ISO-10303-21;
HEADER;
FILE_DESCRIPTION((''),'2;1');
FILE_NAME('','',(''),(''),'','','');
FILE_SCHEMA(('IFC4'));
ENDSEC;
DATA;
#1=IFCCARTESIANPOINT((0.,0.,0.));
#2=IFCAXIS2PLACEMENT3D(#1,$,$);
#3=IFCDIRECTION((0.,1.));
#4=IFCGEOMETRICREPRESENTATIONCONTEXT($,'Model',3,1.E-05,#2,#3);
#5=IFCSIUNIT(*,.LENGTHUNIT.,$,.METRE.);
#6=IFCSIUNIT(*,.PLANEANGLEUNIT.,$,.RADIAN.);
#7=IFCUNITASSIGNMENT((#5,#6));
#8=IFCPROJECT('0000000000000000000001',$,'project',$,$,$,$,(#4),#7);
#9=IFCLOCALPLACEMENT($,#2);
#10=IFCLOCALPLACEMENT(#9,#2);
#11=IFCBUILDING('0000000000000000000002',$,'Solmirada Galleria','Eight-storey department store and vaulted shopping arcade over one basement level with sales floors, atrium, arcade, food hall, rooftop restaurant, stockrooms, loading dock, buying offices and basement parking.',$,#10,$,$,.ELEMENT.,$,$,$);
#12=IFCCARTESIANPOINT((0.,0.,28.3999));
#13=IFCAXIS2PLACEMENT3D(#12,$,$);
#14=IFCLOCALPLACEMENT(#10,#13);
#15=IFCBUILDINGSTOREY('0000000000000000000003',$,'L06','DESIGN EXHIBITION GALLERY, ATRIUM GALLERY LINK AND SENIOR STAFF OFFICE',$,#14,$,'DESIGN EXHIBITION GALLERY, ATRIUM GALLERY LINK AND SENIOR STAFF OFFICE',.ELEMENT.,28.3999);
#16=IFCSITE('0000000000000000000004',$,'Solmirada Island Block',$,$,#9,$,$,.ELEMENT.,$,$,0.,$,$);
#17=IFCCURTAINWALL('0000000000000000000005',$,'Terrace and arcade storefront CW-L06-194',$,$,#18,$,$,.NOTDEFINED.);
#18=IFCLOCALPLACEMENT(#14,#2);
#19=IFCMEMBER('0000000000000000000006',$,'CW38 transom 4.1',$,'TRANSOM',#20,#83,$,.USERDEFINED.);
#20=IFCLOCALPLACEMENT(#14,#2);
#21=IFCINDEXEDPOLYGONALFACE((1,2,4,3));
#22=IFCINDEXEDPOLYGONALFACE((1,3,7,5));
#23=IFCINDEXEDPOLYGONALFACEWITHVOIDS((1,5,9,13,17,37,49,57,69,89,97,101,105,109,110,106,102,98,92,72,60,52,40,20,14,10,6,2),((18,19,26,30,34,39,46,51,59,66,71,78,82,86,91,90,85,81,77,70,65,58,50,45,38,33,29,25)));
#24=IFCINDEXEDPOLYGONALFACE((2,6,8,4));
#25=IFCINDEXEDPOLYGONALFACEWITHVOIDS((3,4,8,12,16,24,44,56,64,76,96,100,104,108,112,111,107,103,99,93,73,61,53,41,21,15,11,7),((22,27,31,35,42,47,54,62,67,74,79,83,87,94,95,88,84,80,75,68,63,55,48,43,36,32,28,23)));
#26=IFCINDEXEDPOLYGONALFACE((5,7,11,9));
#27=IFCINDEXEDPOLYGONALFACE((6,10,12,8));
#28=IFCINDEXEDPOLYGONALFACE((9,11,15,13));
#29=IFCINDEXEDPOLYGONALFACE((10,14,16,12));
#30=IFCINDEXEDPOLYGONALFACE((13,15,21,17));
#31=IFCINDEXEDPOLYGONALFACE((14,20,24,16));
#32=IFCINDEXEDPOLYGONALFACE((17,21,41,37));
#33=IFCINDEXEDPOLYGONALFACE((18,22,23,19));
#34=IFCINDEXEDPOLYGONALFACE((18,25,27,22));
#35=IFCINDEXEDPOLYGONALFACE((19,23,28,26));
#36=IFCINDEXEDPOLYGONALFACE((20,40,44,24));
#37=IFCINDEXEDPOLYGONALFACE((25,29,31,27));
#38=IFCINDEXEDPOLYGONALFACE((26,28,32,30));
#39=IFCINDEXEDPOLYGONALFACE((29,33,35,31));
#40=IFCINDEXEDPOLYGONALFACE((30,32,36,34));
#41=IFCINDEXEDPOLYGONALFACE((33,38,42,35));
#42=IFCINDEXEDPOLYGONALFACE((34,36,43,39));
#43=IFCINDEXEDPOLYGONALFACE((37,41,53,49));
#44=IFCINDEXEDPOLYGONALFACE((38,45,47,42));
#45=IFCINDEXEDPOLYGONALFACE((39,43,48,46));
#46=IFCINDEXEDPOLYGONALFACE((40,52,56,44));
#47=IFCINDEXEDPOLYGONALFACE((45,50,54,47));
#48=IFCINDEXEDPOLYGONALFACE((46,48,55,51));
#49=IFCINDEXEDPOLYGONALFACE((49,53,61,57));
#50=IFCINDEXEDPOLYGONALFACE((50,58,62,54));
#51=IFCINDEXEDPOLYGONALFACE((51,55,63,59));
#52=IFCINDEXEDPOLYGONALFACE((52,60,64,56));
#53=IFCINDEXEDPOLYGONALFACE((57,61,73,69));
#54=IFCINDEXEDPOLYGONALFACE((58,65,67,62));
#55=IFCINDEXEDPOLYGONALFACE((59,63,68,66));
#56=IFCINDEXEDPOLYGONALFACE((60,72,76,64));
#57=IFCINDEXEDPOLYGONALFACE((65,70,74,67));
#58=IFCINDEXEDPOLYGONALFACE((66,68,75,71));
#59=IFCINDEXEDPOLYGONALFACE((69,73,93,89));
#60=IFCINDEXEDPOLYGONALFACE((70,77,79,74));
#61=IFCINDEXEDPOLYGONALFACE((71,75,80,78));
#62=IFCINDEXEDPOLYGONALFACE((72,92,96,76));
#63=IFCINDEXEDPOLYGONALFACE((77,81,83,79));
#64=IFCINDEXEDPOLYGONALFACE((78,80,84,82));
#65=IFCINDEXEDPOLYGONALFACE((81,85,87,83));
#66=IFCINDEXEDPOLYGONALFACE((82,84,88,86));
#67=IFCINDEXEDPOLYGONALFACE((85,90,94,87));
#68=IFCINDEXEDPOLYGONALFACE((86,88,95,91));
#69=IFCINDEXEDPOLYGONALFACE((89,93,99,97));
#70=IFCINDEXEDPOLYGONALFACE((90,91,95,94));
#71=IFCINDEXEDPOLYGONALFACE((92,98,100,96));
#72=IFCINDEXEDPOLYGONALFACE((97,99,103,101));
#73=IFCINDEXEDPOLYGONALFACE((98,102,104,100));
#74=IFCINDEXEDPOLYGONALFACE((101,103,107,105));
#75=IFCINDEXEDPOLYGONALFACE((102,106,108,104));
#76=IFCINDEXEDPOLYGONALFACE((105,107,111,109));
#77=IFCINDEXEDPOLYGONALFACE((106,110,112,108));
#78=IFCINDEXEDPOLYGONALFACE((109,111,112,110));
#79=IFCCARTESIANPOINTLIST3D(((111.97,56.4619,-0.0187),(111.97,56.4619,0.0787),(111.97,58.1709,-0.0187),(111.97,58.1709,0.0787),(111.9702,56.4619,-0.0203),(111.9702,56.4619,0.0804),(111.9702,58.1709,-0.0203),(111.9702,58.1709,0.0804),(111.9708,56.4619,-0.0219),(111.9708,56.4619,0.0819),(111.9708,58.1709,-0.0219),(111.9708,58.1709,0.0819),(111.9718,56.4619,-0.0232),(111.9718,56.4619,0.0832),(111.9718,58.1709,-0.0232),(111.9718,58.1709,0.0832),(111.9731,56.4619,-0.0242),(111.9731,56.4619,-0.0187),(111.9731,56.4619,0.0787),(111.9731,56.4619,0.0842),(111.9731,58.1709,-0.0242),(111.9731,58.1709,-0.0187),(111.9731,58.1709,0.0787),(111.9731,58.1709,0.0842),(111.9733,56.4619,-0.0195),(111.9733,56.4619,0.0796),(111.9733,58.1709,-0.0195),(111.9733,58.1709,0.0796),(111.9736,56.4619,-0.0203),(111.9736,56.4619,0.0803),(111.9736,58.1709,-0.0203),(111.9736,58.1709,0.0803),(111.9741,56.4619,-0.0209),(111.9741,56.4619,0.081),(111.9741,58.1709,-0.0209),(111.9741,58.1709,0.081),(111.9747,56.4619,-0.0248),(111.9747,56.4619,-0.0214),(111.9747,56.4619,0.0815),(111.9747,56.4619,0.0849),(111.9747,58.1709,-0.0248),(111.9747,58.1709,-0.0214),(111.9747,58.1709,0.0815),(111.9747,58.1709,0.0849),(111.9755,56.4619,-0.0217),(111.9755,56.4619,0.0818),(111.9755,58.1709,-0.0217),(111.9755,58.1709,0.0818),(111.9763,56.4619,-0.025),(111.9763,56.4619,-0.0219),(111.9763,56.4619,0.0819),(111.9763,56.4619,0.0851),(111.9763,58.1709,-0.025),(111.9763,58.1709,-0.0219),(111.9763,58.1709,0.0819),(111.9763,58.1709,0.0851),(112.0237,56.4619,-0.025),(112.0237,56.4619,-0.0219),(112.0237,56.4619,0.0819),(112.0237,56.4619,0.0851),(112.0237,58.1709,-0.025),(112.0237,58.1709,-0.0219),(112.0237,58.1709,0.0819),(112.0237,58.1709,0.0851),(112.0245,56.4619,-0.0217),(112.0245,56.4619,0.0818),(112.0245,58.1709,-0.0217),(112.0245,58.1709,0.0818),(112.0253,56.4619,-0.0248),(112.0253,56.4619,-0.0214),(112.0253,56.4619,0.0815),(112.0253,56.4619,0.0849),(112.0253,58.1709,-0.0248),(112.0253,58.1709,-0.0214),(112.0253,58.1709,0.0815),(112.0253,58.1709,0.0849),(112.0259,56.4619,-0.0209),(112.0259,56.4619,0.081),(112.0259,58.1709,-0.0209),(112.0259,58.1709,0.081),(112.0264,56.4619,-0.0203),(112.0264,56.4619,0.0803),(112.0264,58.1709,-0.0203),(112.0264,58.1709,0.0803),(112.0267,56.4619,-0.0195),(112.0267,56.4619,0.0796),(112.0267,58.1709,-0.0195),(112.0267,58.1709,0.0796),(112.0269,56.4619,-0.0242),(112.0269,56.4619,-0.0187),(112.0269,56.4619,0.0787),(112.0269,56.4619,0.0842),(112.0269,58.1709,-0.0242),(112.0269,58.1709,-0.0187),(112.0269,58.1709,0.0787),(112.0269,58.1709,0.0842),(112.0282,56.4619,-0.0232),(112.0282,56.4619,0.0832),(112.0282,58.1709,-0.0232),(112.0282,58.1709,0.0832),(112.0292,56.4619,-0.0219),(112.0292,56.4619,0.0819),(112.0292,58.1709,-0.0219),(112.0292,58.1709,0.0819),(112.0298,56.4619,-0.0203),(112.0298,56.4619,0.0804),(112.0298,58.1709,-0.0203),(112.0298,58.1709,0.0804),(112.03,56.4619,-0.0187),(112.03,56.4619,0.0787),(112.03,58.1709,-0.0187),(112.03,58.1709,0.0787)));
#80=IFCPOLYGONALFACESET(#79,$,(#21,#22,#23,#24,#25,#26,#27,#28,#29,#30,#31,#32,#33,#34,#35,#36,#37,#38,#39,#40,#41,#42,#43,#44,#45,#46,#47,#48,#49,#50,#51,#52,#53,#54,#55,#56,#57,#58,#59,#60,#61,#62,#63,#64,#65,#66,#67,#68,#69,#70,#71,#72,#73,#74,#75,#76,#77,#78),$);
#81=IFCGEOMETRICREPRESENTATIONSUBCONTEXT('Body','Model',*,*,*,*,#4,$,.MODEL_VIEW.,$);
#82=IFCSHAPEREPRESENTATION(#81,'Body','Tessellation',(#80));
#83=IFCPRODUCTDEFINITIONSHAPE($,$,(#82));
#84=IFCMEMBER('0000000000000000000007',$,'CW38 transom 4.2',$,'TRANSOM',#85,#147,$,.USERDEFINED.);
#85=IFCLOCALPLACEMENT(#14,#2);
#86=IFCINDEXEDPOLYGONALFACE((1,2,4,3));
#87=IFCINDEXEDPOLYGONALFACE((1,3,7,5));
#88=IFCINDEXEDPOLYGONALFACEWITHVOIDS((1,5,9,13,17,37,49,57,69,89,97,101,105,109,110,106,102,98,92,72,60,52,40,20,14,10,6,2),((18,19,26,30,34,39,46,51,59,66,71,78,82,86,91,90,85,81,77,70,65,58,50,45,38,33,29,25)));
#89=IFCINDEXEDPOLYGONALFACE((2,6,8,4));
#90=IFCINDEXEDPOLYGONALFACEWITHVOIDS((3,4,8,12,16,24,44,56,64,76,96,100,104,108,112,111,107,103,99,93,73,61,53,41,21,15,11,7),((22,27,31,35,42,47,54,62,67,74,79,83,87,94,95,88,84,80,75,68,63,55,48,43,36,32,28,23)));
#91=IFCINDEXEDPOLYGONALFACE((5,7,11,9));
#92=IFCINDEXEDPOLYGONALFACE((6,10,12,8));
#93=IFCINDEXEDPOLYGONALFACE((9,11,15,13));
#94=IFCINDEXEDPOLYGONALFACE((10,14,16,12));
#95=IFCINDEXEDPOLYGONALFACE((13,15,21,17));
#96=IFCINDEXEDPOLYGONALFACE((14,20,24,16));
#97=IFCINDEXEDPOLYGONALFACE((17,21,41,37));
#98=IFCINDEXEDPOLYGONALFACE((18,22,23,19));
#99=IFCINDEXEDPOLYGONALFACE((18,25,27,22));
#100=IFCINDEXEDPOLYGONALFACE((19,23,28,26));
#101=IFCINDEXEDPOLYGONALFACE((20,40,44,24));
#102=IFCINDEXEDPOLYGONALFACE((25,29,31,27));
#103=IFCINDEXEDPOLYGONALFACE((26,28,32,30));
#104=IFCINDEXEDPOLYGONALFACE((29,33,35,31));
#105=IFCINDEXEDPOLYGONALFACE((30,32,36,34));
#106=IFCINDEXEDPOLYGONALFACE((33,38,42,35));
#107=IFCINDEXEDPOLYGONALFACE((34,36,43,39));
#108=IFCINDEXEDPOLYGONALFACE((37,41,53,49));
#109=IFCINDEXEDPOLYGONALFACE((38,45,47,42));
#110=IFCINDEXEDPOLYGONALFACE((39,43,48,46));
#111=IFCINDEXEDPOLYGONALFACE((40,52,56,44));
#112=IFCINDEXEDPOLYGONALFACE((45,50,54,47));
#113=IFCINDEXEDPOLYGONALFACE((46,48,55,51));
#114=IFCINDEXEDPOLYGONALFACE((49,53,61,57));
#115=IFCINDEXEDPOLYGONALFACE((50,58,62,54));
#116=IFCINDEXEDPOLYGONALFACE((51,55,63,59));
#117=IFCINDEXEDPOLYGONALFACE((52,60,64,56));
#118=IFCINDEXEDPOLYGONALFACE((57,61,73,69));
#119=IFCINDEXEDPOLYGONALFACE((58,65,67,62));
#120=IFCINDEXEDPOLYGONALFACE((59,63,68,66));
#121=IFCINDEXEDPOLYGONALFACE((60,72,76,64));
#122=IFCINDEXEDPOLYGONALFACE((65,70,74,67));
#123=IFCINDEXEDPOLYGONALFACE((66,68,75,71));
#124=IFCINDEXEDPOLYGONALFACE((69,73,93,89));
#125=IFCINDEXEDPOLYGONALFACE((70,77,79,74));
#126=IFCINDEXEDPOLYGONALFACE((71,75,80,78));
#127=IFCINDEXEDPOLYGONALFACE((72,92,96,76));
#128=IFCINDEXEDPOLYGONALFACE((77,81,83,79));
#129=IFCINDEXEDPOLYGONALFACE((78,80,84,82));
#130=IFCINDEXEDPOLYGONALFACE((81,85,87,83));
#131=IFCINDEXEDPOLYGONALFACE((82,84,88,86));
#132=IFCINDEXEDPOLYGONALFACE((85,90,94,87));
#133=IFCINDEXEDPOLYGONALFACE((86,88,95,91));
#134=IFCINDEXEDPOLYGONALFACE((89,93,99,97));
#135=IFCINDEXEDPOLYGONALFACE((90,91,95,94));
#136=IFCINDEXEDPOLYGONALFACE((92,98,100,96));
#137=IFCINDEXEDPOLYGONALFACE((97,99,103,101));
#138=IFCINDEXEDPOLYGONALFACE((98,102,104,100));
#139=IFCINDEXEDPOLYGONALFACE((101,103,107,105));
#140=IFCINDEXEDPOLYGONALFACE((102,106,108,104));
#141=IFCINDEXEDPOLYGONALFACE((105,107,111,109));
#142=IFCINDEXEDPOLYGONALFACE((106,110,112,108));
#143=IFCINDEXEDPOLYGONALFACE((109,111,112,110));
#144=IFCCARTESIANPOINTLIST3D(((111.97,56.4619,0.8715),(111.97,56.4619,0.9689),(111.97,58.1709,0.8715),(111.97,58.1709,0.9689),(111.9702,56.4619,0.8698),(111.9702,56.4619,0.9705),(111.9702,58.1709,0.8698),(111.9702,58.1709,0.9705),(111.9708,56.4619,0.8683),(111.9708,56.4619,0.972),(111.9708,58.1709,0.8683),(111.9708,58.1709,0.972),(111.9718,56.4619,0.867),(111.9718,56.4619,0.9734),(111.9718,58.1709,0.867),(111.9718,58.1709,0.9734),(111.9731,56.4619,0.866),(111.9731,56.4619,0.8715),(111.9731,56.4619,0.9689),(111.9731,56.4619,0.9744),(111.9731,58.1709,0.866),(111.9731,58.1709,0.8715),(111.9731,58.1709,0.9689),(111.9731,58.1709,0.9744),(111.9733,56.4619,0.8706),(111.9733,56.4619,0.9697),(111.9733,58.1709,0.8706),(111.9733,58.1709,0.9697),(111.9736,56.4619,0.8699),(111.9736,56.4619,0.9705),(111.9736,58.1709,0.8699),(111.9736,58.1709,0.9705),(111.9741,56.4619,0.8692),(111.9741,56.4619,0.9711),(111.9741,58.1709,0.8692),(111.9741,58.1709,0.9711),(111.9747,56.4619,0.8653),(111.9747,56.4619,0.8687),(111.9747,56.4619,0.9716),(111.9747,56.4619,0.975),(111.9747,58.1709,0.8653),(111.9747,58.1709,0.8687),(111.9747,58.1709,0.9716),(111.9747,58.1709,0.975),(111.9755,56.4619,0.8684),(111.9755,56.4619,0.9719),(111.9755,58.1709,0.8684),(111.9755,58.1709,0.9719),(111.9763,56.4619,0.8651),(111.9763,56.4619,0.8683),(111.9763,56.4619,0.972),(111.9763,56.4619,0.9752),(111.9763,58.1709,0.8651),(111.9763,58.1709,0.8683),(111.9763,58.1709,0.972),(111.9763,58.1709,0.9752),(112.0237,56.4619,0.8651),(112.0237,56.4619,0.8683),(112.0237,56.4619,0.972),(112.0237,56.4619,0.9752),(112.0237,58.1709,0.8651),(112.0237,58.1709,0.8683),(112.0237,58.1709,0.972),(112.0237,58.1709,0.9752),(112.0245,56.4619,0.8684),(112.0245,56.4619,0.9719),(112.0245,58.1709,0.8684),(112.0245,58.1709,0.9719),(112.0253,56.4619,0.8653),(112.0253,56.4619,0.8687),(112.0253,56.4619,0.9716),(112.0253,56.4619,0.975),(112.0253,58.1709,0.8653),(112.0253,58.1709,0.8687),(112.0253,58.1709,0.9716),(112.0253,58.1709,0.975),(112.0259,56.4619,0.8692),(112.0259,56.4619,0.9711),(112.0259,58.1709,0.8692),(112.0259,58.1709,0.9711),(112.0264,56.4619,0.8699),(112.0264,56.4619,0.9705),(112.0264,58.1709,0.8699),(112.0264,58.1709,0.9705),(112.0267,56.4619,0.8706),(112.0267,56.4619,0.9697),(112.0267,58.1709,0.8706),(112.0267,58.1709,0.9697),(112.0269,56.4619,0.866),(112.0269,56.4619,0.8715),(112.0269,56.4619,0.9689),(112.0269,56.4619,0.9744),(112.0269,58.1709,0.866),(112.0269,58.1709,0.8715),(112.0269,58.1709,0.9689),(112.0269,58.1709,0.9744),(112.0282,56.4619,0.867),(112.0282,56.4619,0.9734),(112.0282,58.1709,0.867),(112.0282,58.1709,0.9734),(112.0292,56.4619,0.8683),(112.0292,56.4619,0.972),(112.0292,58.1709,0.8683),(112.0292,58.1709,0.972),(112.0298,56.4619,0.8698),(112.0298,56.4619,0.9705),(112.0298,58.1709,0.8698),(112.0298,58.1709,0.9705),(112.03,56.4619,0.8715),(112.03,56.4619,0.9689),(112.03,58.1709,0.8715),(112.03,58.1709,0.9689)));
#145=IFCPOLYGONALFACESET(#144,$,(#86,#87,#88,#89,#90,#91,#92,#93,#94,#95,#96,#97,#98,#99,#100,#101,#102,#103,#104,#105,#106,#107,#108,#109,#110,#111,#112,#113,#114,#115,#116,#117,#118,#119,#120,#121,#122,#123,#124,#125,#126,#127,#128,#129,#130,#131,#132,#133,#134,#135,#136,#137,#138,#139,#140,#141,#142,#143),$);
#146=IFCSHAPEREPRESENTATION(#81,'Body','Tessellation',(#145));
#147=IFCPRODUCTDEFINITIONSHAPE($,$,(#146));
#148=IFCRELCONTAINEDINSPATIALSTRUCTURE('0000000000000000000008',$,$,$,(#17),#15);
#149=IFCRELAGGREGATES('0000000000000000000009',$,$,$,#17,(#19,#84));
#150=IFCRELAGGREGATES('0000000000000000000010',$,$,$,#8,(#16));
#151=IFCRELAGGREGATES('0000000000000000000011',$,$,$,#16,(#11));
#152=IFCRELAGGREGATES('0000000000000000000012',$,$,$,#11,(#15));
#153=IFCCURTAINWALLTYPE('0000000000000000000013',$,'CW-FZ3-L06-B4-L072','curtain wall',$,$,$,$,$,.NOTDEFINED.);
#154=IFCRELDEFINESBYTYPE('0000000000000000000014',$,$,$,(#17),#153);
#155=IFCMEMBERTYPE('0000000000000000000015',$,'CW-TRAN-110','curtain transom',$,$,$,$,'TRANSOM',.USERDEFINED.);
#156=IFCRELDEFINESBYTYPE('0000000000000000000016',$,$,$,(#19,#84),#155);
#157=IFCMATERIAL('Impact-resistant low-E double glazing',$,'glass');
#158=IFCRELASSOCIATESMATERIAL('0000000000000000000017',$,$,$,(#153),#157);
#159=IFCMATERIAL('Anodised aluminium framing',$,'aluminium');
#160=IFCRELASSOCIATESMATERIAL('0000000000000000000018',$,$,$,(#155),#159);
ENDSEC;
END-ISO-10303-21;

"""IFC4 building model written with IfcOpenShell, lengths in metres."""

from ifc_helpers import new_model, si_unit, direction, frame, origin, origin_2d, place, context, subcontext, project, spatial, hollow_rectangle, extrude, material, material_profile, profile_set, type_object, element, aggregate, save


model = new_model("IFC4")

# Units and contexts
model_context = context("Model", 3, precision=1e-05, world=origin(), true_north=direction((0.0, 1.0)))
body_context = subcontext(model_context, "Body", "Model", "MODEL_VIEW")
ifc_project = project(units=[si_unit("LENGTHUNIT", "METRE"), si_unit("PLANEANGLEUNIT", "RADIAN")], contexts=[model_context])

# Site, building, storey
site_placement = place(None, origin())
site = spatial("IfcSite", under=ifc_project, at=site_placement, Name="Solmirada Island Block", CompositionType="ELEMENT", RefElevation=0.0)
building_placement = place(site_placement, origin())
building = spatial("IfcBuilding", under=site, at=building_placement, Name="Solmirada Galleria", Description="Eight-storey department store and vaulted shopping arcade over one basement level with sales floors, atrium, arcade, food hall, rooftop restaurant, stockrooms, loading dock, buying offices and basement parking.", CompositionType="ELEMENT")
storey_placement = place(building_placement, frame((0.0, 0.0, 28.3999)))
storey = spatial("IfcBuildingStorey", under=building, at=storey_placement, Name="L06", Description="DESIGN EXHIBITION GALLERY, ATRIUM GALLERY LINK AND SENIOR STAFF OFFICE", LongName="DESIGN EXHIBITION GALLERY, ATRIUM GALLERY LINK AND SENIOR STAFF OFFICE", CompositionType="ELEMENT", Elevation=28.3999)

# Curtain wall
ifc_material_1 = material(Name="Impact-resistant low-E double glazing", Category="glass")
curtain_wall_type = type_object("IfcCurtainWallType", Name="CW-FZ3-L06-B4-L072", Description="curtain wall", PredefinedType="NOTDEFINED", material=ifc_material_1)
curtain_wall_1_placement = place(storey_placement, origin())
curtain_wall_1 = element("IfcCurtainWall", 1, at=curtain_wall_1_placement, inside=storey, type_object=curtain_wall_type, Name="Terrace and arcade storefront CW-L06-194", PredefinedType="NOTDEFINED")
ifc_material_2 = material(Name="Anodised aluminium framing", Category="aluminium")

# Members
ifc_material_profile_1 = material_profile(ifc_material_2, hollow_rectangle(XDim=0.0601, YDim=0.1101, WallThickness=0.0032, InnerFilletRadius=0.0032, OuterFilletRadius=0.0063, at=origin_2d()), Name="ALU-TRAN-110X60")
ifc_profile_set_1 = profile_set([ifc_material_profile_1], Name="Anodised aluminium framing")
member_type_1 = type_object("IfcMemberType", Name="CW-TRAN-110", Description="curtain transom", ElementType="TRANSOM", PredefinedType="USERDEFINED", material=ifc_profile_set_1)
member_1_placement = place(storey_placement, frame((112.0, 58.1709, 0.03), z_axis=(0.0, -1.0, 0.0), x_axis=(1.0, 0.0, 0.0)))
member_1 = element("IfcMember", 2, at=member_1_placement, type_object=member_type_1, Name="CW38 transom 4.1", ObjectType="TRANSOM", PredefinedType="USERDEFINED", context=body_context, shape_type="SweptSolid", body=[
    extrude(hollow_rectangle(XDim=0.0601, YDim=0.1101, WallThickness=0.0032, InnerFilletRadius=0.0032, OuterFilletRadius=0.0063, at=origin_2d()), origin(), (0.0, 0.0, 1.0), 1.709),
])
member_2_placement = place(storey_placement, frame((112.0, 58.1709, 0.9202), z_axis=(0.0, -1.0, 0.0), x_axis=(1.0, 0.0, 0.0)))
member_2 = element("IfcMember", 3, at=member_2_placement, type_object=member_type_1, Name="CW38 transom 4.2", ObjectType="TRANSOM", PredefinedType="USERDEFINED", context=body_context, shape_type="SweptSolid", body=[
    extrude(hollow_rectangle(XDim=0.0601, YDim=0.1101, WallThickness=0.0032, InnerFilletRadius=0.0032, OuterFilletRadius=0.0063, at=origin_2d()), origin(), (0.0, 0.0, 1.0), 1.709),
])

aggregate(curtain_wall_1, [member_1, member_2])

save(model, "model.ifc")
